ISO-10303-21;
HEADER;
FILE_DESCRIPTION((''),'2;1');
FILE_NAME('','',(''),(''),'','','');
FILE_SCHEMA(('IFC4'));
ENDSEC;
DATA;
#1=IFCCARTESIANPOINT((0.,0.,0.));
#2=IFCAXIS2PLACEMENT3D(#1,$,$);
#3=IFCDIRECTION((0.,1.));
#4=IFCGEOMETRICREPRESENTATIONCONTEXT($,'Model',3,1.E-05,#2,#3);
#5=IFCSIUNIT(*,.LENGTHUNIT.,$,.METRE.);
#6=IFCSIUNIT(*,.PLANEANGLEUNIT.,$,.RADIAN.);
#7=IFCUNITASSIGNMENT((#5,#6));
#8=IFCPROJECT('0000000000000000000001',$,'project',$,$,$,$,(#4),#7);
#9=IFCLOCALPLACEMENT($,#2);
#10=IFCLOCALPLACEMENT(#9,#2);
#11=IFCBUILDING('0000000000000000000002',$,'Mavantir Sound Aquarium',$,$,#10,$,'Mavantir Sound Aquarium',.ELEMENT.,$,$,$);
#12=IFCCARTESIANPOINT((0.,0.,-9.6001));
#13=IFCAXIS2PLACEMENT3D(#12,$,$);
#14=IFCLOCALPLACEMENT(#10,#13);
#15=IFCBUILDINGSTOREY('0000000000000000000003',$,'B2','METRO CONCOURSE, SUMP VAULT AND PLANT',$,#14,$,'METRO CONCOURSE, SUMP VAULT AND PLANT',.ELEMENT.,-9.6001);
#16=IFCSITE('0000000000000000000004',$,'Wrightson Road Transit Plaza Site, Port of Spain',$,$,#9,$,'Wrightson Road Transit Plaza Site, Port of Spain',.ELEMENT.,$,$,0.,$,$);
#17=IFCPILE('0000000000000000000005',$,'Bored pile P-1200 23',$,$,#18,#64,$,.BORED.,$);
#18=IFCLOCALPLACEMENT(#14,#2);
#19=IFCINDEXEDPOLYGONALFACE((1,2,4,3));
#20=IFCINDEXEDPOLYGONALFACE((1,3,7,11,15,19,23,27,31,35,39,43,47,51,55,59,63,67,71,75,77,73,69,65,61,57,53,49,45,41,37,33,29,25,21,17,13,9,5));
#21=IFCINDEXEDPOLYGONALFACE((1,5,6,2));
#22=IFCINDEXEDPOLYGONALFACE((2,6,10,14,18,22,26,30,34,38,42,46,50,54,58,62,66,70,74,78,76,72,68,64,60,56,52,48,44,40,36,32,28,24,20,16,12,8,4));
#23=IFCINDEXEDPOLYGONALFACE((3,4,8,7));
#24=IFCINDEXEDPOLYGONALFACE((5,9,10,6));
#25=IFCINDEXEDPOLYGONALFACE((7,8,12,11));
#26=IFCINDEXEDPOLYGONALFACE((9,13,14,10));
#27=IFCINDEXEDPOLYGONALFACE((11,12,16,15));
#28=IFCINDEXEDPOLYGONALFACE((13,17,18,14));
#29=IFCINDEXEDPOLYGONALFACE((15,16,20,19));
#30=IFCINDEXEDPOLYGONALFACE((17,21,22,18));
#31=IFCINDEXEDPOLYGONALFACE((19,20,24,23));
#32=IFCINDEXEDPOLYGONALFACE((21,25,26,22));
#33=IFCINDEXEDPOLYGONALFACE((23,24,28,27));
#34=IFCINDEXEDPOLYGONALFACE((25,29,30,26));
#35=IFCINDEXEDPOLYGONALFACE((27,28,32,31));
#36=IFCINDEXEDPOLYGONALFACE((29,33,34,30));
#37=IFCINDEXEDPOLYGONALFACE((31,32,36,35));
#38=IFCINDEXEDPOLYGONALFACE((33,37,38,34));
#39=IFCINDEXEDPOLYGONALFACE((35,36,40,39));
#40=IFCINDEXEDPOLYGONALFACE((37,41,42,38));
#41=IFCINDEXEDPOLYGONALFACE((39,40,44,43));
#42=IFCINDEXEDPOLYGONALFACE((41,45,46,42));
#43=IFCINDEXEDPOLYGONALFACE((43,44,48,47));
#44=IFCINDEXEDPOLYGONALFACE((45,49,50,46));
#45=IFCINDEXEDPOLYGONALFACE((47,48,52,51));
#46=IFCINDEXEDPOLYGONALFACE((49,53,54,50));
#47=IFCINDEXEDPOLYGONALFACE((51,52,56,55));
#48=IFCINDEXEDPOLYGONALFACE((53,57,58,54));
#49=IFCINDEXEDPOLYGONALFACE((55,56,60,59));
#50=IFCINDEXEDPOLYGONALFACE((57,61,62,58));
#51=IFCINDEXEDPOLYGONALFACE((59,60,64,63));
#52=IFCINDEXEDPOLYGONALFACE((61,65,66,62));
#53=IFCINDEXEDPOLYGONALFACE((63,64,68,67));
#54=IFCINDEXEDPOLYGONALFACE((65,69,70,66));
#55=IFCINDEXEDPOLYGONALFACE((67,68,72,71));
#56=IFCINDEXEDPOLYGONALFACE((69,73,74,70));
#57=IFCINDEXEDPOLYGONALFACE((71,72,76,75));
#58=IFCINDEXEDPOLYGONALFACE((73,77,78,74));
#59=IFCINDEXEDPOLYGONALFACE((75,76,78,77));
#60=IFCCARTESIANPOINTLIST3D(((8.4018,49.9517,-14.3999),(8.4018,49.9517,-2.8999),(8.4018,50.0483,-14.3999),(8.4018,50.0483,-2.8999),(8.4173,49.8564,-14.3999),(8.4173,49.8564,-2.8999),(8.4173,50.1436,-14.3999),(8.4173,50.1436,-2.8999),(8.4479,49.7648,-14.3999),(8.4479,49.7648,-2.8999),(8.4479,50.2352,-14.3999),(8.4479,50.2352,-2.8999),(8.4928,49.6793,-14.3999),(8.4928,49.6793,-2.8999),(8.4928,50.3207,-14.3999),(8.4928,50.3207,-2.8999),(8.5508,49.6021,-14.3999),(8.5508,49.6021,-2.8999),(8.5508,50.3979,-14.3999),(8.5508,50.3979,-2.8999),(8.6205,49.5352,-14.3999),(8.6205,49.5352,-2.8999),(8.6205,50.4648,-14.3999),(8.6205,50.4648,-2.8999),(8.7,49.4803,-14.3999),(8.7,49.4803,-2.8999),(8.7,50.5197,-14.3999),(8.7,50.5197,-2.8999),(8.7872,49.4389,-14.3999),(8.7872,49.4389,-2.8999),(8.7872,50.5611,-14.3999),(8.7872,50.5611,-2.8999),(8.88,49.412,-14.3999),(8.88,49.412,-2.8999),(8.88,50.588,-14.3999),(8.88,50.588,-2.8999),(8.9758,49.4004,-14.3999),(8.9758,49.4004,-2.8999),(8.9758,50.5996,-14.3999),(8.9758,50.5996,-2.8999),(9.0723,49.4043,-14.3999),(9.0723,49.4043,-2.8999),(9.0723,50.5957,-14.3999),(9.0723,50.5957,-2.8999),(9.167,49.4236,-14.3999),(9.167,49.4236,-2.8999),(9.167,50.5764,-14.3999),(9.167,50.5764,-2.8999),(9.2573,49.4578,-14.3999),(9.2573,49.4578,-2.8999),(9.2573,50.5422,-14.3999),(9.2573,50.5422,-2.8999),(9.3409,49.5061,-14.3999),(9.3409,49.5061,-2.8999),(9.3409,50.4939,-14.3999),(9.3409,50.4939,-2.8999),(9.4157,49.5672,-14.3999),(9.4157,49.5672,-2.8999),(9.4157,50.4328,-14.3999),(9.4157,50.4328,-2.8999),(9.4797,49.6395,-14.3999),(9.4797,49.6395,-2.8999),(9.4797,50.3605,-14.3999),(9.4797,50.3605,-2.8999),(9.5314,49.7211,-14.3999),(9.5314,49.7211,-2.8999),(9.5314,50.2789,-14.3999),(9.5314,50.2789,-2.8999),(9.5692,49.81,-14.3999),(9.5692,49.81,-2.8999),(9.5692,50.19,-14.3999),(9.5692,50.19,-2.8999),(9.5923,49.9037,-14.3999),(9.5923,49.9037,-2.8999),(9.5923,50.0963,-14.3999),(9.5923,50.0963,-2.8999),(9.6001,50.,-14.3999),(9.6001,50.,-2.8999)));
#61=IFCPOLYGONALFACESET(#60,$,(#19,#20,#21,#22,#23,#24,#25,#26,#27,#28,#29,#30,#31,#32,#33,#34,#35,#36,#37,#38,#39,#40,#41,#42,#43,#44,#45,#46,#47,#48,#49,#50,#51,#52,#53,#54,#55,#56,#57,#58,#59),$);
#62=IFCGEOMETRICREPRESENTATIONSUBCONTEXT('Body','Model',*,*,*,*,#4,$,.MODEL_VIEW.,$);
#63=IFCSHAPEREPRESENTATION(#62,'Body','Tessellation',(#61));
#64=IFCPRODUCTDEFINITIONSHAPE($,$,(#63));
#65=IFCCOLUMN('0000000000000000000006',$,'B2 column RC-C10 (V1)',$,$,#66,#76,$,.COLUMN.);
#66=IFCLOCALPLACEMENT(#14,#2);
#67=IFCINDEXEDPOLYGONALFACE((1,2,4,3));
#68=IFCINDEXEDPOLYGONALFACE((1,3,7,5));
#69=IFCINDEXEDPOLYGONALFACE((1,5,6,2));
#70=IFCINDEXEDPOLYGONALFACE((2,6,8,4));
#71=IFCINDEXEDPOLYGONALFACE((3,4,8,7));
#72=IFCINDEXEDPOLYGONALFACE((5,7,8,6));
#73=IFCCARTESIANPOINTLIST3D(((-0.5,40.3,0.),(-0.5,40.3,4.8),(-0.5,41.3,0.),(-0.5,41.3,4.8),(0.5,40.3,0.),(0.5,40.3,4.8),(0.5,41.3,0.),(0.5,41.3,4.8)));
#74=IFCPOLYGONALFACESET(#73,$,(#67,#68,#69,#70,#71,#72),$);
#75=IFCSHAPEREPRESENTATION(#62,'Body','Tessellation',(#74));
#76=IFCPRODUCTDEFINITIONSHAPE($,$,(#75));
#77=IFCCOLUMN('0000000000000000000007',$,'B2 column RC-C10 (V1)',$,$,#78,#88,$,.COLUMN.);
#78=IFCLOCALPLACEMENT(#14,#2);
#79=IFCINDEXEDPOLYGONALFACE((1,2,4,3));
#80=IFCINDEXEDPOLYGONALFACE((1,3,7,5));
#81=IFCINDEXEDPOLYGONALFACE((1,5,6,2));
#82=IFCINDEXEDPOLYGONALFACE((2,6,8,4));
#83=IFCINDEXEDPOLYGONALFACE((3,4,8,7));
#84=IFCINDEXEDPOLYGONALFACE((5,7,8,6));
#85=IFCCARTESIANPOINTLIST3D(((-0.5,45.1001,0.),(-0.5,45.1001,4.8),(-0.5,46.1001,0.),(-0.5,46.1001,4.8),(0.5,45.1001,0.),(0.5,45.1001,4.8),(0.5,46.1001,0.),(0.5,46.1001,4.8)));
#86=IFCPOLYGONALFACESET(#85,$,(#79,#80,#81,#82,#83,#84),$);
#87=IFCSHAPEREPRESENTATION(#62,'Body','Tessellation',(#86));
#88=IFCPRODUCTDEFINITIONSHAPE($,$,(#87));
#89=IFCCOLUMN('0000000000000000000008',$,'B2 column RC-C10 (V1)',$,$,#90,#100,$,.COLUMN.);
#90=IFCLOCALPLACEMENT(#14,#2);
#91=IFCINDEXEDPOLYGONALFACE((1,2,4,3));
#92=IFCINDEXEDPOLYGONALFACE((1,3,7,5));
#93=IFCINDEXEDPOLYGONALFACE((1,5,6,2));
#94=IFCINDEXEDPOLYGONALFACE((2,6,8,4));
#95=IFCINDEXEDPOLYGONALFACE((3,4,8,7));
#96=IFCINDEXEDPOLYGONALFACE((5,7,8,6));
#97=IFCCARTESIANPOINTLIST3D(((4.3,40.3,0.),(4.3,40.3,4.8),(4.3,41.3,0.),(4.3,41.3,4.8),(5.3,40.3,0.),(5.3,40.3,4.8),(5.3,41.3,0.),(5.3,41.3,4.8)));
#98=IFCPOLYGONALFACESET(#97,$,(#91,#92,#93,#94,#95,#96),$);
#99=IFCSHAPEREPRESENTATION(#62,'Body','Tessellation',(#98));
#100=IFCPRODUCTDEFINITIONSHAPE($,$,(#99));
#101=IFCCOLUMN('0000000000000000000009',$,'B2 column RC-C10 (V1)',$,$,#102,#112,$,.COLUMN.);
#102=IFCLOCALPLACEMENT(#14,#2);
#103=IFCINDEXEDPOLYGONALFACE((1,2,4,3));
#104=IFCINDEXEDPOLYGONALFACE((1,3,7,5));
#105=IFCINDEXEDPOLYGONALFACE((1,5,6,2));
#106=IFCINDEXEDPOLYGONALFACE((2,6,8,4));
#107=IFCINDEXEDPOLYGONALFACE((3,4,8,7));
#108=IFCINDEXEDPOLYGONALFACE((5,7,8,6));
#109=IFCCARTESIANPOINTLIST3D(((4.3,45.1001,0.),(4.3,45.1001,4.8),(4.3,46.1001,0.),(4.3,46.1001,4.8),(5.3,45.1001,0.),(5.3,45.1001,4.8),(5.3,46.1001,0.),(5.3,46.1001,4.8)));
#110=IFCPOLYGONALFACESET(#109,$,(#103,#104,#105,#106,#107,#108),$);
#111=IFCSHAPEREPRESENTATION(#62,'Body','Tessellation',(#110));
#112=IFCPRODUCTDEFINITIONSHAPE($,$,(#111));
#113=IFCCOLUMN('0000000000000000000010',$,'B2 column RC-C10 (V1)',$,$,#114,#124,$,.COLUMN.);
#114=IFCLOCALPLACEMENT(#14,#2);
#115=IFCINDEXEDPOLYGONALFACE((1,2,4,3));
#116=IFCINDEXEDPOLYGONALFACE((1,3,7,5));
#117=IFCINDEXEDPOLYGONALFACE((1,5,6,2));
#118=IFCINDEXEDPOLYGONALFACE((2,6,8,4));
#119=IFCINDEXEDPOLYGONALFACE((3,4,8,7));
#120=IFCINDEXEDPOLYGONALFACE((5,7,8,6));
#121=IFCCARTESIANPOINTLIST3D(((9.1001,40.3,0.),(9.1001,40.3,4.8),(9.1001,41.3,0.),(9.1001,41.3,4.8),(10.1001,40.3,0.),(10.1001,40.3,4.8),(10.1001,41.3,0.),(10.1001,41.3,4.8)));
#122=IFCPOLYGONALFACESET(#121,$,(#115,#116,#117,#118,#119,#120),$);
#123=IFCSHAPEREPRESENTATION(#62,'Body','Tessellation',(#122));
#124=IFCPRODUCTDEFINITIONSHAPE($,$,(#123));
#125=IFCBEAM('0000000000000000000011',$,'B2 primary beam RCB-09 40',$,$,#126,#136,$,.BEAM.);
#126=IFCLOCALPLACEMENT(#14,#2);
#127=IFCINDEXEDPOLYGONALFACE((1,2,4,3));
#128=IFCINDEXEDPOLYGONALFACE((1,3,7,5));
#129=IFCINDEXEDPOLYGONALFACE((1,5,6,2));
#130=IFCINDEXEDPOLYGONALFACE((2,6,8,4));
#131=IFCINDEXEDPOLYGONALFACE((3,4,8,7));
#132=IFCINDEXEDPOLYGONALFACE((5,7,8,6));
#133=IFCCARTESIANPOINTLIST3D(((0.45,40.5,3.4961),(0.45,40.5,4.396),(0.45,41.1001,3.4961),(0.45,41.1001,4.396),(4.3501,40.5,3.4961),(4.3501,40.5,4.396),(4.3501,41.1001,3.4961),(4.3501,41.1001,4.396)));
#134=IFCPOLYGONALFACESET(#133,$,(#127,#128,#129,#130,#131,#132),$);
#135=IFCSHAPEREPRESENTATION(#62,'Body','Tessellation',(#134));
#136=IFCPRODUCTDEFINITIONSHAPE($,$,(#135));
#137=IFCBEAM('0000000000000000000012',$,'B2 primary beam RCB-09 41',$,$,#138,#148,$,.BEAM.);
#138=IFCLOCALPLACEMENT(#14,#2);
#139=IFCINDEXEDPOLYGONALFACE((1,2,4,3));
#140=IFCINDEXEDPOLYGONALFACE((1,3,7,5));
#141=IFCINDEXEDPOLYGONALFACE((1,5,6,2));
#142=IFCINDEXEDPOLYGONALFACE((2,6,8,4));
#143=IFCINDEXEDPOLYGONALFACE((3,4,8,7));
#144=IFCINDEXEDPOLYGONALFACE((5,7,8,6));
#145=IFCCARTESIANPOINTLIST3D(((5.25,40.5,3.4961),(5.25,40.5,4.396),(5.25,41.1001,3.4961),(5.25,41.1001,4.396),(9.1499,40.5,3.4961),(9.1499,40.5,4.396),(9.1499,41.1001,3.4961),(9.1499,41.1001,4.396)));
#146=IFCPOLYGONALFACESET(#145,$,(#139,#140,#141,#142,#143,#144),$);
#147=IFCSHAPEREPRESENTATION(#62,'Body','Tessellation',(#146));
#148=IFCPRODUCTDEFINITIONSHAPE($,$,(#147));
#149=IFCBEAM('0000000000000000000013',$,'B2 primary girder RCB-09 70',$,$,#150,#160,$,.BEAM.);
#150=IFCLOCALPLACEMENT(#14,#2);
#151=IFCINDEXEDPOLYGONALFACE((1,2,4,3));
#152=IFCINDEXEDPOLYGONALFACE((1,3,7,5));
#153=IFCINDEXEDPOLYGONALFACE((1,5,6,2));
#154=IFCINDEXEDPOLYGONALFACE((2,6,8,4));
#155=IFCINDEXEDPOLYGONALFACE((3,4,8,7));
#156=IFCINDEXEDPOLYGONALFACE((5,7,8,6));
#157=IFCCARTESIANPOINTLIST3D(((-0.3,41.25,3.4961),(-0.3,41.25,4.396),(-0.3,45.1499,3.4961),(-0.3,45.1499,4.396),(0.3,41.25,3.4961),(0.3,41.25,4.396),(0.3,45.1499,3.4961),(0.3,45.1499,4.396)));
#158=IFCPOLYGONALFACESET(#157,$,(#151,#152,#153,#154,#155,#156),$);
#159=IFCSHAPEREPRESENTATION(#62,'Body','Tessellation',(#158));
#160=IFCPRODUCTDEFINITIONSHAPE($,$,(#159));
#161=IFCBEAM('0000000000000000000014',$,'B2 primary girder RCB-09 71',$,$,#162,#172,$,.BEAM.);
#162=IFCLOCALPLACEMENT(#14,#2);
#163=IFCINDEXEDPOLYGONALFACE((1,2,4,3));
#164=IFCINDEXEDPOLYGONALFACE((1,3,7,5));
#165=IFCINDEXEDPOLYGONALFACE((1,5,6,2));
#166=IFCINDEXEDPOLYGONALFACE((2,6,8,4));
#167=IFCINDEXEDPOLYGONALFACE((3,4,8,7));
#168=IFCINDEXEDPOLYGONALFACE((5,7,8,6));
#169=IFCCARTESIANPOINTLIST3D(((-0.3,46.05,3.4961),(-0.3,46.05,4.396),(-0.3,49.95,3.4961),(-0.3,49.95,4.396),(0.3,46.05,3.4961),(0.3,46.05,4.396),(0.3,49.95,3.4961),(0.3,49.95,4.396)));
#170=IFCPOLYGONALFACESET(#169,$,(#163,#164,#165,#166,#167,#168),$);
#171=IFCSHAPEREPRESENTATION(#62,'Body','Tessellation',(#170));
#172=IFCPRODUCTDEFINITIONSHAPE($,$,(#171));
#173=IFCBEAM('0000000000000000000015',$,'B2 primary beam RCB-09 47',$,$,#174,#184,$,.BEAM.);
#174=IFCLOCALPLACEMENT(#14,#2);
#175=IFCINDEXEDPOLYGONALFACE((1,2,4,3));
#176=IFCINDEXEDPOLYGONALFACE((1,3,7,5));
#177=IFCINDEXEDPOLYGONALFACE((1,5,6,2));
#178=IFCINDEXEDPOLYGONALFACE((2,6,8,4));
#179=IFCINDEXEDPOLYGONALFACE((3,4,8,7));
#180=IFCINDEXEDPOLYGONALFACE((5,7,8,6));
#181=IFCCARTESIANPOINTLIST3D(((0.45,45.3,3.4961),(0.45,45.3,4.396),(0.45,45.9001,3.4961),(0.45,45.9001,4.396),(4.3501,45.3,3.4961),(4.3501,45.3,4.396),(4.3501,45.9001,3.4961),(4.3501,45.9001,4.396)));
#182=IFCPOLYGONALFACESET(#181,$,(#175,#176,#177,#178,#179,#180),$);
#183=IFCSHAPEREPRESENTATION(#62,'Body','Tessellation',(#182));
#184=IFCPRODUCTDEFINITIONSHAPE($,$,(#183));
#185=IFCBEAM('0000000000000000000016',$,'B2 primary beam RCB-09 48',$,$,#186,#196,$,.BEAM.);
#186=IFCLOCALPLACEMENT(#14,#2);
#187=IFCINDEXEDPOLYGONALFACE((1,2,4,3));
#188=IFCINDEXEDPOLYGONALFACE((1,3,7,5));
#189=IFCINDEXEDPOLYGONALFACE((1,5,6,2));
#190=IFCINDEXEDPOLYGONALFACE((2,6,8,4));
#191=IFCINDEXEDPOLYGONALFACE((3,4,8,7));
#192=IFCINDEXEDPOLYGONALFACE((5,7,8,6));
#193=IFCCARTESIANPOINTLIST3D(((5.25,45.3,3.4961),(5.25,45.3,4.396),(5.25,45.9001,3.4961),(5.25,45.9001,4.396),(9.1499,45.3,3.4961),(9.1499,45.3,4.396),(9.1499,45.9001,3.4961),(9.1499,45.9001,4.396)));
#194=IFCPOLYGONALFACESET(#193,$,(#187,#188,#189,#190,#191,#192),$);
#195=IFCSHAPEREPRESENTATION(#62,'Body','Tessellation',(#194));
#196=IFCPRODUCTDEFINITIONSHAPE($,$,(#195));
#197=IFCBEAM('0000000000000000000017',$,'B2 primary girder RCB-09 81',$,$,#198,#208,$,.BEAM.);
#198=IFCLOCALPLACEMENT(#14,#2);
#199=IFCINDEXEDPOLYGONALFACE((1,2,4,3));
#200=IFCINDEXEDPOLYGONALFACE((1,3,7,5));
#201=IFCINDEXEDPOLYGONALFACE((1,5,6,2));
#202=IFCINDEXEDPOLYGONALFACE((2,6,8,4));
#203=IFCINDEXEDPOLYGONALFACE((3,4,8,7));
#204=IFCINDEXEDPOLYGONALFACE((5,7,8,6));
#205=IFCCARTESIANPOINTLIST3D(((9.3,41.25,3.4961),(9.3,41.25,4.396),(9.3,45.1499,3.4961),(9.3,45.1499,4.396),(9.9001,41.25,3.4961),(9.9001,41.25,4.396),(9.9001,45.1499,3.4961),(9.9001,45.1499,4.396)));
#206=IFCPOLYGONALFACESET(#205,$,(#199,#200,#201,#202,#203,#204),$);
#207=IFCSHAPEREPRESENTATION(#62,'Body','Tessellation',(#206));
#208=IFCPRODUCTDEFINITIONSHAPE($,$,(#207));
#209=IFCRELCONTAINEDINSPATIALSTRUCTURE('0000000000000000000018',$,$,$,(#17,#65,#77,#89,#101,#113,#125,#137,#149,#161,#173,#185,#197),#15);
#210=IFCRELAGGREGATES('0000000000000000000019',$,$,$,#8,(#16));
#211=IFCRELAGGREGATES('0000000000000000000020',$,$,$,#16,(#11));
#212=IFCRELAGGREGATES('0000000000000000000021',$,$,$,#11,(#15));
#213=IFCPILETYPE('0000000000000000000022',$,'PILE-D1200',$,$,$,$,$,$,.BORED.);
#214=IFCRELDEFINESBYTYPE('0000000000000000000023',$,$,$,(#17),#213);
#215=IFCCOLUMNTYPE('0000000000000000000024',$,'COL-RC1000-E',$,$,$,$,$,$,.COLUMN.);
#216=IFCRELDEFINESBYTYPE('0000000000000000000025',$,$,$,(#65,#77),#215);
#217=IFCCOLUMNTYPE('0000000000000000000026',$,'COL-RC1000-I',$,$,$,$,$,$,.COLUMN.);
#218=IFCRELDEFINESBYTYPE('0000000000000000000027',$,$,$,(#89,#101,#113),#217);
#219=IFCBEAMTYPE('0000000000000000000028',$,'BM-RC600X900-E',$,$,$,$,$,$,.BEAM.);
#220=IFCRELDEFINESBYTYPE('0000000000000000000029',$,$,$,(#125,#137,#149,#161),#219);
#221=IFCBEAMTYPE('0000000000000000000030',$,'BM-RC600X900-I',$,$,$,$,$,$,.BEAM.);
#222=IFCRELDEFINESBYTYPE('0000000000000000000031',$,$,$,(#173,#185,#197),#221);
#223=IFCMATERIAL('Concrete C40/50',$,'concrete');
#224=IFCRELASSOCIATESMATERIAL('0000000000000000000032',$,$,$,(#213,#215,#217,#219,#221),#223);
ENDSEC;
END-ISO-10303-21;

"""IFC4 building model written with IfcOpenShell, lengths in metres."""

from ifc_helpers import new_model, si_unit, direction, frame, origin, origin_2d, place, context, subcontext, project, spatial, rectangle, circle, extrude, material, material_profile, profile_set, type_object, element, save


model = new_model("IFC4")

# Units and contexts
model_context = context("Model", 3, precision=1e-05, world=origin(), true_north=direction((0.0, 1.0)))
body_context = subcontext(model_context, "Body", "Model", "MODEL_VIEW")
ifc_project = project(units=[si_unit("LENGTHUNIT", "METRE"), si_unit("PLANEANGLEUNIT", "RADIAN")], contexts=[model_context])

# Site, building, storey
site_placement = place(None, origin())
site = spatial("IfcSite", under=ifc_project, at=site_placement, Name="Wrightson Road Transit Plaza Site, Port of Spain", LongName="Wrightson Road Transit Plaza Site, Port of Spain", CompositionType="ELEMENT", RefElevation=0.0)
building_placement = place(site_placement, origin())
building = spatial("IfcBuilding", under=site, at=building_placement, Name="Mavantir Sound Aquarium", LongName="Mavantir Sound Aquarium", CompositionType="ELEMENT")
storey_placement = place(building_placement, frame((0.0, 0.0, -9.6001)))
storey = spatial("IfcBuildingStorey", under=building, at=storey_placement, Name="B2", Description="METRO CONCOURSE, SUMP VAULT AND PLANT", LongName="METRO CONCOURSE, SUMP VAULT AND PLANT", CompositionType="ELEMENT", Elevation=-9.6001)

# Pile
ifc_material_1 = material(Name="Concrete C40/50", Category="concrete")
ifc_material_profile_1 = material_profile(ifc_material_1, circle(Radius=0.6001, at=origin_2d()), Name="PILE D1200")
ifc_profile_set_1 = profile_set([ifc_material_profile_1], Name="Concrete C40/50")
pile_type = type_object("IfcPileType", Name="PILE-D1200", PredefinedType="BORED", material=ifc_profile_set_1)
for number, where, z_axis, x_axis, name in (
    (1, (9.0, 50.0, -2.8999), (0.0, 0.0, -1.0), (1.0, 0.0, 0.0), "Bored pile P-1200 23"),
):
    element("IfcPile", number, at=place(storey_placement, frame(where, z_axis=z_axis, x_axis=x_axis)), inside=storey, type_object=pile_type, Name=name, PredefinedType="BORED", context=body_context, shape_type="SweptSolid", body=[
        extrude(circle(Radius=0.6001, at=origin_2d()), origin(), (0.0, 0.0, 1.0), 11.5),
    ])

# Columns
ifc_material_profile_2 = material_profile(ifc_material_1, rectangle(XDim=1.0, YDim=1.0, at=origin_2d()), Name="RC 1000X1000")
ifc_profile_set_2 = profile_set([ifc_material_profile_2], Name="Concrete C40/50")
column_type_1 = type_object("IfcColumnType", Name="COL-RC1000-E", PredefinedType="COLUMN", material=ifc_profile_set_2)
for number, where, z_axis, x_axis, name in (
    (2, (0.0, 40.8, 0.0), (0.0, 0.0, 1.0), (1.0, 0.0, 0.0), "B2 column RC-C10 (V1)"),
    (3, (0.0, 45.6001, 0.0), (0.0, 0.0, 1.0), (1.0, 0.0, 0.0), "B2 column RC-C10 (V1)"),
):
    element("IfcColumn", number, at=place(storey_placement, frame(where, z_axis=z_axis, x_axis=x_axis)), inside=storey, type_object=column_type_1, Name=name, PredefinedType="COLUMN", context=body_context, shape_type="SweptSolid", body=[
        extrude(rectangle(XDim=1.0, YDim=1.0, at=origin_2d()), origin(), (0.0, 0.0, 1.0), 4.8),
    ])
ifc_material_profile_3 = material_profile(ifc_material_1, rectangle(XDim=1.0, YDim=1.0, at=origin_2d()), Name="RC 1000X1000")
ifc_profile_set_3 = profile_set([ifc_material_profile_3], Name="Concrete C40/50")
column_type_2 = type_object("IfcColumnType", Name="COL-RC1000-I", PredefinedType="COLUMN", material=ifc_profile_set_3)
for number, where, z_axis, x_axis, name in (
    (4, (4.8, 40.8, 0.0), (0.0, 0.0, 1.0), (1.0, 0.0, 0.0), "B2 column RC-C10 (V1)"),
    (5, (4.8, 45.6001, 0.0), (0.0, 0.0, 1.0), (1.0, 0.0, 0.0), "B2 column RC-C10 (V1)"),
    (6, (9.6001, 40.8, 0.0), (0.0, 0.0, 1.0), (1.0, 0.0, 0.0), "B2 column RC-C10 (V1)"),
):
    element("IfcColumn", number, at=place(storey_placement, frame(where, z_axis=z_axis, x_axis=x_axis)), inside=storey, type_object=column_type_2, Name=name, PredefinedType="COLUMN", context=body_context, shape_type="SweptSolid", body=[
        extrude(rectangle(XDim=1.0, YDim=1.0, at=origin_2d()), origin(), (0.0, 0.0, 1.0), 4.8),
    ])

# Beams
ifc_material_profile_4 = material_profile(ifc_material_1, rectangle(XDim=0.6001, YDim=0.8999, at=origin_2d()), Name="RC 600X900")
ifc_profile_set_4 = profile_set([ifc_material_profile_4], Name="Concrete C40/50")
beam_type_1 = type_object("IfcBeamType", Name="BM-RC600X900-E", PredefinedType="BEAM", material=ifc_profile_set_4)
beam_1_placement = place(storey_placement, frame((0.45, 40.8, 3.946), z_axis=(1.0, 0.0, 0.0), x_axis=(0.0, 1.0, 0.0)))
element("IfcBeam", 7, at=beam_1_placement, inside=storey, type_object=beam_type_1, Name="B2 primary beam RCB-09 40", PredefinedType="BEAM", context=body_context, shape_type="SweptSolid", body=[
    extrude(rectangle(XDim=0.6001, YDim=0.8999, at=origin_2d()), origin(), (0.0, 0.0, 1.0), 3.9001),
])
for number, where, z_axis, x_axis, name in (
    (8, (5.25, 40.8, 3.946), (1.0, 0.0, 0.0), (0.0, 1.0, 0.0), "B2 primary beam RCB-09 41"),
    (9, (0.0, 41.25, 3.946), (0.0, 1.0, 0.0), (-1.0, 0.0, 0.0), "B2 primary girder RCB-09 70"),
    (10, (0.0, 46.05, 3.946), (0.0, 1.0, 0.0), (-1.0, 0.0, 0.0), "B2 primary girder RCB-09 71"),
):
    element("IfcBeam", number, at=place(storey_placement, frame(where, z_axis=z_axis, x_axis=x_axis)), inside=storey, type_object=beam_type_1, Name=name, PredefinedType="BEAM", context=body_context, shape_type="SweptSolid", body=[
        extrude(rectangle(XDim=0.6001, YDim=0.8999, at=origin_2d()), origin(), (0.0, 0.0, 1.0), 3.8999),
    ])
ifc_material_profile_5 = material_profile(ifc_material_1, rectangle(XDim=0.6001, YDim=0.8999, at=origin_2d()), Name="RC 600X900")
ifc_profile_set_5 = profile_set([ifc_material_profile_5], Name="Concrete C40/50")
beam_type_2 = type_object("IfcBeamType", Name="BM-RC600X900-I", PredefinedType="BEAM", material=ifc_profile_set_5)
beam_2_placement = place(storey_placement, frame((0.45, 45.6001, 3.946), z_axis=(1.0, 0.0, 0.0), x_axis=(0.0, 1.0, 0.0)))
element("IfcBeam", 11, at=beam_2_placement, inside=storey, type_object=beam_type_2, Name="B2 primary beam RCB-09 47", PredefinedType="BEAM", context=body_context, shape_type="SweptSolid", body=[
    extrude(rectangle(XDim=0.6001, YDim=0.8999, at=origin_2d()), origin(), (0.0, 0.0, 1.0), 3.9001),
])
for number, where, z_axis, x_axis, name in (
    (12, (5.25, 45.6001, 3.946), (1.0, 0.0, 0.0), (0.0, 1.0, 0.0), "B2 primary beam RCB-09 48"),
    (13, (9.6001, 41.25, 3.946), (0.0, 1.0, 0.0), (-1.0, 0.0, 0.0), "B2 primary girder RCB-09 81"),
):
    element("IfcBeam", number, at=place(storey_placement, frame(where, z_axis=z_axis, x_axis=x_axis)), inside=storey, type_object=beam_type_2, Name=name, PredefinedType="BEAM", context=body_context, shape_type="SweptSolid", body=[
        extrude(rectangle(XDim=0.6001, YDim=0.8999, at=origin_2d()), origin(), (0.0, 0.0, 1.0), 3.8999),
    ])

save(model, "model.ifc")
